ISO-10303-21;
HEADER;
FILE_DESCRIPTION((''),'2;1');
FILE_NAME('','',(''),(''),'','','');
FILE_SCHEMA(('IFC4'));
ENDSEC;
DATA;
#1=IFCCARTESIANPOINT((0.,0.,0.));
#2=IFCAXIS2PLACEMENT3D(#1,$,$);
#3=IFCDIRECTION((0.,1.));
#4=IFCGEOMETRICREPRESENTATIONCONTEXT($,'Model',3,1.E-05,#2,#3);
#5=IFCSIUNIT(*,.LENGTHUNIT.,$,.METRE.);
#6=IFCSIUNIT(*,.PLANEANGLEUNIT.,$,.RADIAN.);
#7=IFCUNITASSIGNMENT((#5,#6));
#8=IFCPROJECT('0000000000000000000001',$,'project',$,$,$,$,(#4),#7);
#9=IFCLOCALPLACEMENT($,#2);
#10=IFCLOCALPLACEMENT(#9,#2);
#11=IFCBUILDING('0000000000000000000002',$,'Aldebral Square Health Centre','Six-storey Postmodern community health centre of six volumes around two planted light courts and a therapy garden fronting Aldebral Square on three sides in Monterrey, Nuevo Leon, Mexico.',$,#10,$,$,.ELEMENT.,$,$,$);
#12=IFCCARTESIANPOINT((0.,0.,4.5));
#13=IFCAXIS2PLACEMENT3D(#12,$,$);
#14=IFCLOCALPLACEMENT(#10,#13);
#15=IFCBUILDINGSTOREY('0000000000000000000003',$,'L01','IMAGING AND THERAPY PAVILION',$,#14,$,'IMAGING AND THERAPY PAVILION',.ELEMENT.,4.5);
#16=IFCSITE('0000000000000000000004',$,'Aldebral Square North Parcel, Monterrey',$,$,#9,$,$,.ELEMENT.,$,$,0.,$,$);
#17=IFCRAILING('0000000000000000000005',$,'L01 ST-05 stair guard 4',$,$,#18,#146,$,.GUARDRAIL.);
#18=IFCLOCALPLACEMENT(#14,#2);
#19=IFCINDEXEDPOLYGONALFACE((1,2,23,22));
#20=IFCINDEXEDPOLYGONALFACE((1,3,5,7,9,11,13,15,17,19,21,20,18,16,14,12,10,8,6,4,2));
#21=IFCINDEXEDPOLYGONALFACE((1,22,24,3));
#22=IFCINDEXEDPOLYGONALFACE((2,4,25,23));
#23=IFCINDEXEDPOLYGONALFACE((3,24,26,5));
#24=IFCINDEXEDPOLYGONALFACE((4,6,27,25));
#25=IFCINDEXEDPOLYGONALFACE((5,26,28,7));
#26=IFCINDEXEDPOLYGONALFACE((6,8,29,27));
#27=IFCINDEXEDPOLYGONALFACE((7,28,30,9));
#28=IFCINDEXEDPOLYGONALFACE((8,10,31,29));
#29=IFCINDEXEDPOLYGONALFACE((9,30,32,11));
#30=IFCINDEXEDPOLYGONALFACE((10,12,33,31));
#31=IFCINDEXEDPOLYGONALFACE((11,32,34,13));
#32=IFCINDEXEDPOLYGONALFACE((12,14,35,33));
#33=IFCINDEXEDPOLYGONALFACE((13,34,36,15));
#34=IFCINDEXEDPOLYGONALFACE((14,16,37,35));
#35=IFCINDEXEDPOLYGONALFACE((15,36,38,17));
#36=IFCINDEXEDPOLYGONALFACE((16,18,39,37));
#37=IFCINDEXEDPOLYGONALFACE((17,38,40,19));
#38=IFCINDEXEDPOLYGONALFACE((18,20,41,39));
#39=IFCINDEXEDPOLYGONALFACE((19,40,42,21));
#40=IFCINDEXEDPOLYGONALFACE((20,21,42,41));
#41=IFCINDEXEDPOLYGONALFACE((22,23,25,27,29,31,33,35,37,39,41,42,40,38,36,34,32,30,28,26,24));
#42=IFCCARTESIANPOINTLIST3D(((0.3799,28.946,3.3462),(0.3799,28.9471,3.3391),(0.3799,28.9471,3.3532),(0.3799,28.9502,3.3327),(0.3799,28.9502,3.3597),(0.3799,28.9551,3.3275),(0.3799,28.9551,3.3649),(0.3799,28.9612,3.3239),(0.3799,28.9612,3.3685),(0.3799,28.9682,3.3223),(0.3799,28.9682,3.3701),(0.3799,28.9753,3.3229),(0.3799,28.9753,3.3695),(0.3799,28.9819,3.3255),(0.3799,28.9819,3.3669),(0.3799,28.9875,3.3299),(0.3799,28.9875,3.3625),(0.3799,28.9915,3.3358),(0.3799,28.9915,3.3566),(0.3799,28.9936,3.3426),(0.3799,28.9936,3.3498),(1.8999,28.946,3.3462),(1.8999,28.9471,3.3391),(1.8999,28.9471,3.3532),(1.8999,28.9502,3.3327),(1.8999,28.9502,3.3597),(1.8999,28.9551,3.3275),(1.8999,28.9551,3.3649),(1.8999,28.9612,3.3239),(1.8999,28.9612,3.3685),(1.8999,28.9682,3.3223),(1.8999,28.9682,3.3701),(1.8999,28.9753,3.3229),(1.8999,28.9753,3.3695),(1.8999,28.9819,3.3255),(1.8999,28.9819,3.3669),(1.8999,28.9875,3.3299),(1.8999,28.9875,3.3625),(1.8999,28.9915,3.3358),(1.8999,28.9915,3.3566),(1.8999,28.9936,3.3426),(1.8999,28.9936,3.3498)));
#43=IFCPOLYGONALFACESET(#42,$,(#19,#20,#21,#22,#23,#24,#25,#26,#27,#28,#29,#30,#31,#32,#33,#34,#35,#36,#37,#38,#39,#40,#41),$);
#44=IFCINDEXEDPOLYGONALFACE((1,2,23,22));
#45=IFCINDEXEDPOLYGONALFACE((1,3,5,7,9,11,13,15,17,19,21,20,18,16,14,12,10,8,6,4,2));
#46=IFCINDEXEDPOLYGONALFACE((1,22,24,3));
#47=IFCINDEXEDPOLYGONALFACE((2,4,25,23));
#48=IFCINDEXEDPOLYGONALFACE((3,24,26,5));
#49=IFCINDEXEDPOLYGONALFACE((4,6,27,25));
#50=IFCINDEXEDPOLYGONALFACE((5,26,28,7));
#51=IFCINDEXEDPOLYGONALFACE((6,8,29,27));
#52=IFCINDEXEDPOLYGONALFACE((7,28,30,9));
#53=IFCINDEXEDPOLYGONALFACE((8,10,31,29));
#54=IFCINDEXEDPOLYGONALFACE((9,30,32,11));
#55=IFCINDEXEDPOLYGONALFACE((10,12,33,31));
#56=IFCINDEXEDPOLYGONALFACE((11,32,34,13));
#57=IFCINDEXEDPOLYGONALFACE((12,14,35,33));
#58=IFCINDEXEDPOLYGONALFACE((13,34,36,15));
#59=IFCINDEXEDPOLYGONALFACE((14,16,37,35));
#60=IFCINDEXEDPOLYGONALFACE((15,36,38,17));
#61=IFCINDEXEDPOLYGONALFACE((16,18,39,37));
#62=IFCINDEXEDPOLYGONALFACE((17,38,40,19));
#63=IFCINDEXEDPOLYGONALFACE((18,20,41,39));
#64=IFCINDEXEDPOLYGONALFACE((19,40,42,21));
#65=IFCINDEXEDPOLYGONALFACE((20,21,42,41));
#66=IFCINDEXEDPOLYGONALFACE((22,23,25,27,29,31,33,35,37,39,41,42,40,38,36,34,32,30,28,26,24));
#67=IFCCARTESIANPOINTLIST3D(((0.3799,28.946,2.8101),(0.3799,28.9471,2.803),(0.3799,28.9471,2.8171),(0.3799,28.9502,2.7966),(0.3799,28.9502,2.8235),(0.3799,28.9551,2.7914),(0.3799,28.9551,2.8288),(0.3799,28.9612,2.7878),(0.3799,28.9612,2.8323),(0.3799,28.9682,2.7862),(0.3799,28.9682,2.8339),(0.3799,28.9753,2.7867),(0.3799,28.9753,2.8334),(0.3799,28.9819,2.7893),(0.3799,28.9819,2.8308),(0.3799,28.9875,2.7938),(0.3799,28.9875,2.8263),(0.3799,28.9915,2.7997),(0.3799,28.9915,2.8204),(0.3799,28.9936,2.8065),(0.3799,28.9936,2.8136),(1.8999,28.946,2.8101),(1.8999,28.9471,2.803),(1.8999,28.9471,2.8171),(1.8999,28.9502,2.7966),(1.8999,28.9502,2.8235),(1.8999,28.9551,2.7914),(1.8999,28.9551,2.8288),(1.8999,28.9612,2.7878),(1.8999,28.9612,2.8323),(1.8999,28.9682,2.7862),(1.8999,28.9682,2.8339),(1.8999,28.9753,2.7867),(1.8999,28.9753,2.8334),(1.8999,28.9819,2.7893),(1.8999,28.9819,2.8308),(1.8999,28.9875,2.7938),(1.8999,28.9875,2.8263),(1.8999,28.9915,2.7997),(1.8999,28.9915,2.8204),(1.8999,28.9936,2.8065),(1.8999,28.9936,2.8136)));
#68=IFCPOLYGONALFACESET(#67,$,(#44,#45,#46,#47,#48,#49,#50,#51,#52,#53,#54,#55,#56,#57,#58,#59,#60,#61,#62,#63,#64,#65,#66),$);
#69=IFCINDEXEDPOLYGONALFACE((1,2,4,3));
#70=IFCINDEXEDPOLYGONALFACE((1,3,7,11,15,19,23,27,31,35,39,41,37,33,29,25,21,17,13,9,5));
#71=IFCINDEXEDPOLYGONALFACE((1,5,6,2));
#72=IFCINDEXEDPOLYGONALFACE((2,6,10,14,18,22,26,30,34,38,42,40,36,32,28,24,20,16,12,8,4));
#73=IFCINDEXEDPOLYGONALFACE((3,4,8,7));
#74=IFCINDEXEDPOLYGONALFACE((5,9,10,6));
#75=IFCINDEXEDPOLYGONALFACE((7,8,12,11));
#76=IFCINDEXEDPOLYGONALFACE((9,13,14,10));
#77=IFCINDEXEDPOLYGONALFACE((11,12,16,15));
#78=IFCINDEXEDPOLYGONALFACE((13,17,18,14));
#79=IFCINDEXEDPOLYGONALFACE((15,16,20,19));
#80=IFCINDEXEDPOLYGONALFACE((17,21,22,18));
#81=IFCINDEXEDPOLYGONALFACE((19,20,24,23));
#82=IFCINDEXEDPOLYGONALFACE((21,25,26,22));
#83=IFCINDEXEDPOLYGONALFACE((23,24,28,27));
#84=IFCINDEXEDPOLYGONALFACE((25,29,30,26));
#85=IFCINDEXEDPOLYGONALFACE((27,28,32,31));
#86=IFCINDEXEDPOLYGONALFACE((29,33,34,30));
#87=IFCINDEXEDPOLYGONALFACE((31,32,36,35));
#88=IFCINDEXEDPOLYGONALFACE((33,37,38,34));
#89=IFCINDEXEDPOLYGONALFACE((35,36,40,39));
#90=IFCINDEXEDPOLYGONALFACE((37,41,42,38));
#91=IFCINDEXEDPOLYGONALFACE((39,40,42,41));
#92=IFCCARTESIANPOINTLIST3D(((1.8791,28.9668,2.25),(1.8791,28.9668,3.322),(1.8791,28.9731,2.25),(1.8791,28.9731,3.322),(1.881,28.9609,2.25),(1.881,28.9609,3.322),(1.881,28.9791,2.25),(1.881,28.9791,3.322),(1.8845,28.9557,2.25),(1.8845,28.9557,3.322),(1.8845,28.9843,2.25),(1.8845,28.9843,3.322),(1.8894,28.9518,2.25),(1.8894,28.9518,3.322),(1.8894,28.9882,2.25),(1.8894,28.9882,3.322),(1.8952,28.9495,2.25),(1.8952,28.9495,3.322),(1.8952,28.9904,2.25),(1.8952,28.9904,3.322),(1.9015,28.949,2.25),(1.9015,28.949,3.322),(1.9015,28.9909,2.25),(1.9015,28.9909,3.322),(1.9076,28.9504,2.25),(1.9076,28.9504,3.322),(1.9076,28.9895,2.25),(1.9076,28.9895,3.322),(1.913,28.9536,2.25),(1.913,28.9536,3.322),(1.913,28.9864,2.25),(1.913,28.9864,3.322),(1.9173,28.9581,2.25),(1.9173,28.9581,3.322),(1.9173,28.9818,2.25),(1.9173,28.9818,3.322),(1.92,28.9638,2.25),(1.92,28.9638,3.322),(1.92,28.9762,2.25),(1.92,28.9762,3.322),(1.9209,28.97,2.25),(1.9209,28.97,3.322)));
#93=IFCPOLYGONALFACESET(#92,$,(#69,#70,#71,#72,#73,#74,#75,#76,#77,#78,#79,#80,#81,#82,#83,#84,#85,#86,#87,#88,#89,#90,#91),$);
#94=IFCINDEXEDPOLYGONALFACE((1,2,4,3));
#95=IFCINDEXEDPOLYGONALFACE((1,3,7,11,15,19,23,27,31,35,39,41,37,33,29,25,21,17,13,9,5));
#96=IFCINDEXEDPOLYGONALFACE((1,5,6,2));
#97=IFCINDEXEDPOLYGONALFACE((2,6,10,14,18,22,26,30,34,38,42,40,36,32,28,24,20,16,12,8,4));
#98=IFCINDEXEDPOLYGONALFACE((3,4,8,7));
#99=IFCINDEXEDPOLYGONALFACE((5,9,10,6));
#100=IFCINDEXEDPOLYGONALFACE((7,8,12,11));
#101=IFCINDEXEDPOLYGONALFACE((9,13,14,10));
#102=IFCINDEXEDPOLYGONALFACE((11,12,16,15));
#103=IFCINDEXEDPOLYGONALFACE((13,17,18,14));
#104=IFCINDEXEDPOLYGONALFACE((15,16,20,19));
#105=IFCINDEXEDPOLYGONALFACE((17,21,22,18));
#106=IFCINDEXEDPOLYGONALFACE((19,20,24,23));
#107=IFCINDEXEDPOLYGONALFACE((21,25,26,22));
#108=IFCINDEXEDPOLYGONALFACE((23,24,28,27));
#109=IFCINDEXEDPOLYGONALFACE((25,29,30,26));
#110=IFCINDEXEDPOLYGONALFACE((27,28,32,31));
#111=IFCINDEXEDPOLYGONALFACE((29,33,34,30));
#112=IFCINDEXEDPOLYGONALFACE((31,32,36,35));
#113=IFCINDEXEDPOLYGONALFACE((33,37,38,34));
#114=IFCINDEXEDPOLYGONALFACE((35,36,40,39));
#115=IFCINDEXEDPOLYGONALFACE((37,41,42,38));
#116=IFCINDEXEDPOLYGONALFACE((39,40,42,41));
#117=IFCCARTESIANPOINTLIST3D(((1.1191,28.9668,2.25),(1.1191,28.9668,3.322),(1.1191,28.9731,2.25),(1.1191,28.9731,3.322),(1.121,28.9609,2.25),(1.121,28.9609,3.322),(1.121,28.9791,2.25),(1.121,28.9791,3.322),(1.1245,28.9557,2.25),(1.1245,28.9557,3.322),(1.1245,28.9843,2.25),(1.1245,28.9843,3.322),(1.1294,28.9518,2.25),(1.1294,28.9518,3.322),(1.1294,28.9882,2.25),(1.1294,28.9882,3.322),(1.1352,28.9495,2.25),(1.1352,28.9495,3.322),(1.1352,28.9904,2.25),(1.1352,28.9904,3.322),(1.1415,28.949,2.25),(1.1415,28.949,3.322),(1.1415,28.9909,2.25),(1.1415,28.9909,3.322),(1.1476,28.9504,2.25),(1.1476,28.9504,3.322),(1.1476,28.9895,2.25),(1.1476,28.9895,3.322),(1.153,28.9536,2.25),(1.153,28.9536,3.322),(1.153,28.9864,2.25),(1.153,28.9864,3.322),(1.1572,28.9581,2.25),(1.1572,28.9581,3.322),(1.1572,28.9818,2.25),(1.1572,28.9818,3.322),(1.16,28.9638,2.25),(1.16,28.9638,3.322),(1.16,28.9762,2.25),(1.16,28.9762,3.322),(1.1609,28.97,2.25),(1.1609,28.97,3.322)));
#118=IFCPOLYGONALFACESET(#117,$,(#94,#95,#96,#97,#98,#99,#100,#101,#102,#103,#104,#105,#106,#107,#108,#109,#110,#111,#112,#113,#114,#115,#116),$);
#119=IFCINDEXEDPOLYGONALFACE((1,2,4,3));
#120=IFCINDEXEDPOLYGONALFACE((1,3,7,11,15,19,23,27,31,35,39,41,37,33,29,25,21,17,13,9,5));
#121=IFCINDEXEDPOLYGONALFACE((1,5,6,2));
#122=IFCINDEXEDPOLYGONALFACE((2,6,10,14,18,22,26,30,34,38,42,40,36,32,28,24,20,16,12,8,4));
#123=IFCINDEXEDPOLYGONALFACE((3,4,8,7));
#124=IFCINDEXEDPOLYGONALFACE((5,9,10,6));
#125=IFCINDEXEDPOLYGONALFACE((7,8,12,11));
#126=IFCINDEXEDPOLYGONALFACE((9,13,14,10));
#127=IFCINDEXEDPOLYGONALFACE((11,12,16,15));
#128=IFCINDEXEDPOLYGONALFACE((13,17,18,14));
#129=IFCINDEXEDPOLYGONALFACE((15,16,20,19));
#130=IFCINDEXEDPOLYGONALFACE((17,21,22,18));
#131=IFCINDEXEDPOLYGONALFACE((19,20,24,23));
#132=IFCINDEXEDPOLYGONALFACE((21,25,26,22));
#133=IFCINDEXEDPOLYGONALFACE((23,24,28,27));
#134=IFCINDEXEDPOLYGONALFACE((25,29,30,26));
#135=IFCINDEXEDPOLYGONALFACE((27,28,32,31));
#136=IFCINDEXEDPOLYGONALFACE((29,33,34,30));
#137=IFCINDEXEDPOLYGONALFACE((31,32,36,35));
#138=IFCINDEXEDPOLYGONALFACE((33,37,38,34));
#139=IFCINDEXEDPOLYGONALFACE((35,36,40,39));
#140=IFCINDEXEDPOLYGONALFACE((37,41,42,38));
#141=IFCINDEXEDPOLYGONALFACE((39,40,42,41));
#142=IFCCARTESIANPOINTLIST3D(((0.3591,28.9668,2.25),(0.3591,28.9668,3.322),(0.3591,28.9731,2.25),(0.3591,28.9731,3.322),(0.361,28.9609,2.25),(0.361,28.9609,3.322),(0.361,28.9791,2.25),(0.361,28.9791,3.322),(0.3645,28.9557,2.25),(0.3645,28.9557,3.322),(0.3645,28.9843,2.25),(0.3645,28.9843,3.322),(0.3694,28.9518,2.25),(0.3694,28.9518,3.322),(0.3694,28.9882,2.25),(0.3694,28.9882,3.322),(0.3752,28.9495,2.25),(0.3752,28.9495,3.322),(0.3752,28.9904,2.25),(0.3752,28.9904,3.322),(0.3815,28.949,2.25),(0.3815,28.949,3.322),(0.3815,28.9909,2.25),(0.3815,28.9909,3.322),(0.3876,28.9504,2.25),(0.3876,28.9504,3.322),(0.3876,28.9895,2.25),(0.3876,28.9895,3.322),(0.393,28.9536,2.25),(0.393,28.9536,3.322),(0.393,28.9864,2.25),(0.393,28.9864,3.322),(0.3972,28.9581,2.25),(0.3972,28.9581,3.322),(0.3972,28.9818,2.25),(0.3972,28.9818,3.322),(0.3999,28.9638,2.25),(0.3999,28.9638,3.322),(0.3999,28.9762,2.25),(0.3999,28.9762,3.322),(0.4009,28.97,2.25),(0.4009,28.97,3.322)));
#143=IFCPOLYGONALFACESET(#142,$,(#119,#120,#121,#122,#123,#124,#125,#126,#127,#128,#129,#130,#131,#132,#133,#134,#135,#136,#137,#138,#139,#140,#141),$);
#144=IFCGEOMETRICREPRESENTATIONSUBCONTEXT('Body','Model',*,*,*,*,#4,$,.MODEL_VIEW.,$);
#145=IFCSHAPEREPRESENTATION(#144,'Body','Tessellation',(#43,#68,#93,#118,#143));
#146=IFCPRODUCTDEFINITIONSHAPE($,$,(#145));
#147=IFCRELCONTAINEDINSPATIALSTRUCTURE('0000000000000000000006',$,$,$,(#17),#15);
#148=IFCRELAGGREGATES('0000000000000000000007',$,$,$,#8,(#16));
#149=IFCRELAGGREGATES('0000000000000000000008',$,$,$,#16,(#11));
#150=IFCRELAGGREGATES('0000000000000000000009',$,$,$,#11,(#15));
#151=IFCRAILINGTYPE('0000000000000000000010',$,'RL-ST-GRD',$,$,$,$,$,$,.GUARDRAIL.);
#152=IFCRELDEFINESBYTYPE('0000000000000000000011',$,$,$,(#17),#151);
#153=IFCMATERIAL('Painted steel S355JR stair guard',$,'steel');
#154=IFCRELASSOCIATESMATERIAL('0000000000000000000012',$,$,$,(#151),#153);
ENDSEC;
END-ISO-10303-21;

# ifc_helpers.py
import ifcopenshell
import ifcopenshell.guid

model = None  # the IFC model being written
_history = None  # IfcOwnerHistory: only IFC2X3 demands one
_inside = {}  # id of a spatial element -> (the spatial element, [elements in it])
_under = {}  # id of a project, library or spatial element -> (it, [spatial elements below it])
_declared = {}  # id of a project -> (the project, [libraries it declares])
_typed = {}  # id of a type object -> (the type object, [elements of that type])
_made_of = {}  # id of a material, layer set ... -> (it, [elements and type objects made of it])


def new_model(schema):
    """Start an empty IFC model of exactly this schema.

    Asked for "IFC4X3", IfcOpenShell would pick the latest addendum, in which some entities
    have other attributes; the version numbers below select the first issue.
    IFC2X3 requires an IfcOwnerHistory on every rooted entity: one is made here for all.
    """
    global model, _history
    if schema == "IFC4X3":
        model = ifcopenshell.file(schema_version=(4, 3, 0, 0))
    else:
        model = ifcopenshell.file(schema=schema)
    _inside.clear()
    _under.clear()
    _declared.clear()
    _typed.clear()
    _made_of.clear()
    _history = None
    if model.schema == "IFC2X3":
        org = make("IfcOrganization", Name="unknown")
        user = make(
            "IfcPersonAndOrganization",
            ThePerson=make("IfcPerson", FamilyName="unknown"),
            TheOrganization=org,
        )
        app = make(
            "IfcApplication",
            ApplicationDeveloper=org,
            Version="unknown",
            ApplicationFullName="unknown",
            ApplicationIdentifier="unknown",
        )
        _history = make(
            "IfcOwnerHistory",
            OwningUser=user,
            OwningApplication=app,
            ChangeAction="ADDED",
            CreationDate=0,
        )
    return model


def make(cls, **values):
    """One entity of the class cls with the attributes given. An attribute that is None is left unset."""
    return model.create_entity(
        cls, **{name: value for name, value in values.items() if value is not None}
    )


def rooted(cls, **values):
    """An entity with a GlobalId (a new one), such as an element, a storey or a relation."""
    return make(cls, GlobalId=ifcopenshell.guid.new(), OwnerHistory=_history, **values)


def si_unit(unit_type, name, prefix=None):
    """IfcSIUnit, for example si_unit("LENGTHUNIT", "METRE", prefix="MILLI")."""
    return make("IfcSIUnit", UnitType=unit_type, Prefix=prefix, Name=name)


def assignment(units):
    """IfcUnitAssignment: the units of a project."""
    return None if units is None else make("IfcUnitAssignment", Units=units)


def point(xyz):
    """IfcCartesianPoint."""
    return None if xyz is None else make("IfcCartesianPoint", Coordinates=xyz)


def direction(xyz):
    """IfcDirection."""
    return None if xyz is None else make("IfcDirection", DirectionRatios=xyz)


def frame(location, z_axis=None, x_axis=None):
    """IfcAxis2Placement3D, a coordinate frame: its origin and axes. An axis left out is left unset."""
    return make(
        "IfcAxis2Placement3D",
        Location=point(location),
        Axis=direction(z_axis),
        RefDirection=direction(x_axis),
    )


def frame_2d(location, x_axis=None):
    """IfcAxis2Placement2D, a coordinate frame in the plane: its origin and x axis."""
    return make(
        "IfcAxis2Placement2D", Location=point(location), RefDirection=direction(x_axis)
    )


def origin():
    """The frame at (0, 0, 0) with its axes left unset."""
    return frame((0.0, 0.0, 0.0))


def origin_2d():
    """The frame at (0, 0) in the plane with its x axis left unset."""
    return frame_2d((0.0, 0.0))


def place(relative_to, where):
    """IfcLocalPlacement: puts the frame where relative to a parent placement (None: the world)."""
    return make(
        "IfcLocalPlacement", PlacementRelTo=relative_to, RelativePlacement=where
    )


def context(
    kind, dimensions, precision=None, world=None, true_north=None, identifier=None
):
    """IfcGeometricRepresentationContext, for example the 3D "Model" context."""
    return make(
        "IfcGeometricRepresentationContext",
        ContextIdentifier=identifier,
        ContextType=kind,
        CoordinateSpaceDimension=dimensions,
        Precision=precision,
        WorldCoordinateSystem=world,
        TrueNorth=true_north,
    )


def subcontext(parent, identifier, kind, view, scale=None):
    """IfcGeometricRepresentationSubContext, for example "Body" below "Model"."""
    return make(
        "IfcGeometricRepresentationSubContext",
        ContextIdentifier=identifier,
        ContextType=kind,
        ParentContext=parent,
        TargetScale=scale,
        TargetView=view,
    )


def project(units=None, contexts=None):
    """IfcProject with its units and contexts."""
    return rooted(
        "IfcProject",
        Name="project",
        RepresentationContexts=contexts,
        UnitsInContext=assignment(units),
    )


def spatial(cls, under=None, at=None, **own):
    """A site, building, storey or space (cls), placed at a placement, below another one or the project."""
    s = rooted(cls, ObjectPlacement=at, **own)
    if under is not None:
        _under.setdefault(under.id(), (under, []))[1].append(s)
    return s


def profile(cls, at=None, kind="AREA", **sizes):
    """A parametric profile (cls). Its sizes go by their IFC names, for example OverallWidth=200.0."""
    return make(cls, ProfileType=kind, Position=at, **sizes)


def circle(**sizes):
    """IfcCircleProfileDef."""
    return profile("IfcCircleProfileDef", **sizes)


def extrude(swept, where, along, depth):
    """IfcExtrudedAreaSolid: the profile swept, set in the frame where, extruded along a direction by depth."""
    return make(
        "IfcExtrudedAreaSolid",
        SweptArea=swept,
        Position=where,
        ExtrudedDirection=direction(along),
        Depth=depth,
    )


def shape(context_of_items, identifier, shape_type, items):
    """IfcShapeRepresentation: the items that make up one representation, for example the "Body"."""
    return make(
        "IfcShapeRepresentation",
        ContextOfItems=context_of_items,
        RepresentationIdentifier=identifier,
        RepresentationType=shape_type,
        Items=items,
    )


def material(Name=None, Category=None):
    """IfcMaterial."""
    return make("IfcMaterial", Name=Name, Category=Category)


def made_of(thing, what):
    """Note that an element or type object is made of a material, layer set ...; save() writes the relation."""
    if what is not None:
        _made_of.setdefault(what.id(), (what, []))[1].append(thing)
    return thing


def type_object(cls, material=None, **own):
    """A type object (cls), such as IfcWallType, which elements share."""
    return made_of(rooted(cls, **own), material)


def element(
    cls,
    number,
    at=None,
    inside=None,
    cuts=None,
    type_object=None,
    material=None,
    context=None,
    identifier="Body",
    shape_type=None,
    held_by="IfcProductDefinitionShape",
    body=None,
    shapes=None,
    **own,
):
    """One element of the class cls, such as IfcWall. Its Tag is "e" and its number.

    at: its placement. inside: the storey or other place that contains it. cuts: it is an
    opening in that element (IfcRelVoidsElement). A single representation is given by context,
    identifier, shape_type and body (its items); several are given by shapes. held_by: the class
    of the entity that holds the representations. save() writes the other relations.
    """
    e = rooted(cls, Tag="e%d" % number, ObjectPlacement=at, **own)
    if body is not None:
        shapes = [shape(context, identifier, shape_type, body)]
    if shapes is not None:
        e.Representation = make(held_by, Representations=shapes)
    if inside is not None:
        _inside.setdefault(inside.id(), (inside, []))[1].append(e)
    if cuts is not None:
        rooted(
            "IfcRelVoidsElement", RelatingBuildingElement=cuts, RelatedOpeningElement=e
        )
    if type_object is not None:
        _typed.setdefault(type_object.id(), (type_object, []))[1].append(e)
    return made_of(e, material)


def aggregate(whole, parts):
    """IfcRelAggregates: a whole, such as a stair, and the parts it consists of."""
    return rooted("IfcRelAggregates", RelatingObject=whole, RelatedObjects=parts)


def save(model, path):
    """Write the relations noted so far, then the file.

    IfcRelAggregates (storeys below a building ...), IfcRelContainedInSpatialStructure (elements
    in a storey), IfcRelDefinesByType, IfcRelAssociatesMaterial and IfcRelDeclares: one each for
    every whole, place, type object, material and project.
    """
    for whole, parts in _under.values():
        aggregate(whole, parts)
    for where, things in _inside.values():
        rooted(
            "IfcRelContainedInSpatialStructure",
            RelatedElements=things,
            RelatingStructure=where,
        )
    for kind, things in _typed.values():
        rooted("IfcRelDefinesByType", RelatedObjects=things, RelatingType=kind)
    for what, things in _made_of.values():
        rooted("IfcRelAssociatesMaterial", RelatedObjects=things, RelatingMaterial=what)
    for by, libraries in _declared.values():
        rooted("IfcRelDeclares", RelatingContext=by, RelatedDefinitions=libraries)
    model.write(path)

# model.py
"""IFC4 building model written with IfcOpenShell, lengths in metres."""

from ifc_helpers import new_model, si_unit, direction, frame, origin, origin_2d, place, context, subcontext, project, spatial, circle, extrude, material, type_object, element, save


model = new_model("IFC4")

# Units and contexts
model_context = context("Model", 3, precision=1e-05, world=origin(), true_north=direction((0.0, 1.0)))
body_context = subcontext(model_context, "Body", "Model", "MODEL_VIEW")
ifc_project = project(units=[si_unit("LENGTHUNIT", "METRE"), si_unit("PLANEANGLEUNIT", "RADIAN")], contexts=[model_context])

# Site, building, storey
site_placement = place(None, origin())
site = spatial("IfcSite", under=ifc_project, at=site_placement, Name="Aldebral Square North Parcel, Monterrey", CompositionType="ELEMENT", RefElevation=0.0)
building_placement = place(site_placement, origin())
building = spatial("IfcBuilding", under=site, at=building_placement, Name="Aldebral Square Health Centre", Description="Six-storey Postmodern community health centre of six volumes around two planted light courts and a therapy garden fronting Aldebral Square on three sides in Monterrey, Nuevo Leon, Mexico.", CompositionType="ELEMENT")
storey_placement = place(building_placement, frame((0.0, 0.0, 4.5)))
storey = spatial("IfcBuildingStorey", under=building, at=storey_placement, Name="L01", Description="IMAGING AND THERAPY PAVILION", LongName="IMAGING AND THERAPY PAVILION", CompositionType="ELEMENT", Elevation=4.5)

# Railing
ifc_material_1 = material(Name="Painted steel S355JR stair guard", Category="steel")
railing_type_1 = type_object("IfcRailingType", Name="RL-ST-GRD", PredefinedType="GUARDRAIL", material=ifc_material_1)
for number, where, name in (
    (1, (1.8999, 28.97, 2.25), "L01 ST-05 stair guard 4"),
):
    element("IfcRailing", number, at=place(storey_placement, frame(where)), inside=storey, type_object=railing_type_1, Name=name, PredefinedType="GUARDRAIL", context=body_context, shape_type="SweptSolid", body=[
        extrude(circle(Radius=0.0239, at=origin_2d()), frame((0.0, 0.0, 1.0962), z_axis=(-1.0, 0.0, 0.0), x_axis=(0.0, -1.0, 0.0)), (0.0, 0.0, 1.0), 1.52),
        extrude(circle(Radius=0.0239, at=origin_2d()), frame((0.0, 0.0, 0.5601), z_axis=(-1.0, 0.0, 0.0), x_axis=(0.0, -1.0, 0.0)), (0.0, 0.0, 1.0), 1.52),
        extrude(circle(Radius=0.021, at=origin_2d()), origin(), (0.0, 0.0, 1.0), 1.072),
        extrude(circle(Radius=0.021, at=origin_2d()), frame((-0.76, 0.0, 0.0)), (0.0, 0.0, 1.0), 1.072),
        extrude(circle(Radius=0.021, at=origin_2d()), frame((-1.52, 0.0, 0.0)), (0.0, 0.0, 1.0), 1.072),
    ])

save(model, "model.ifc")
